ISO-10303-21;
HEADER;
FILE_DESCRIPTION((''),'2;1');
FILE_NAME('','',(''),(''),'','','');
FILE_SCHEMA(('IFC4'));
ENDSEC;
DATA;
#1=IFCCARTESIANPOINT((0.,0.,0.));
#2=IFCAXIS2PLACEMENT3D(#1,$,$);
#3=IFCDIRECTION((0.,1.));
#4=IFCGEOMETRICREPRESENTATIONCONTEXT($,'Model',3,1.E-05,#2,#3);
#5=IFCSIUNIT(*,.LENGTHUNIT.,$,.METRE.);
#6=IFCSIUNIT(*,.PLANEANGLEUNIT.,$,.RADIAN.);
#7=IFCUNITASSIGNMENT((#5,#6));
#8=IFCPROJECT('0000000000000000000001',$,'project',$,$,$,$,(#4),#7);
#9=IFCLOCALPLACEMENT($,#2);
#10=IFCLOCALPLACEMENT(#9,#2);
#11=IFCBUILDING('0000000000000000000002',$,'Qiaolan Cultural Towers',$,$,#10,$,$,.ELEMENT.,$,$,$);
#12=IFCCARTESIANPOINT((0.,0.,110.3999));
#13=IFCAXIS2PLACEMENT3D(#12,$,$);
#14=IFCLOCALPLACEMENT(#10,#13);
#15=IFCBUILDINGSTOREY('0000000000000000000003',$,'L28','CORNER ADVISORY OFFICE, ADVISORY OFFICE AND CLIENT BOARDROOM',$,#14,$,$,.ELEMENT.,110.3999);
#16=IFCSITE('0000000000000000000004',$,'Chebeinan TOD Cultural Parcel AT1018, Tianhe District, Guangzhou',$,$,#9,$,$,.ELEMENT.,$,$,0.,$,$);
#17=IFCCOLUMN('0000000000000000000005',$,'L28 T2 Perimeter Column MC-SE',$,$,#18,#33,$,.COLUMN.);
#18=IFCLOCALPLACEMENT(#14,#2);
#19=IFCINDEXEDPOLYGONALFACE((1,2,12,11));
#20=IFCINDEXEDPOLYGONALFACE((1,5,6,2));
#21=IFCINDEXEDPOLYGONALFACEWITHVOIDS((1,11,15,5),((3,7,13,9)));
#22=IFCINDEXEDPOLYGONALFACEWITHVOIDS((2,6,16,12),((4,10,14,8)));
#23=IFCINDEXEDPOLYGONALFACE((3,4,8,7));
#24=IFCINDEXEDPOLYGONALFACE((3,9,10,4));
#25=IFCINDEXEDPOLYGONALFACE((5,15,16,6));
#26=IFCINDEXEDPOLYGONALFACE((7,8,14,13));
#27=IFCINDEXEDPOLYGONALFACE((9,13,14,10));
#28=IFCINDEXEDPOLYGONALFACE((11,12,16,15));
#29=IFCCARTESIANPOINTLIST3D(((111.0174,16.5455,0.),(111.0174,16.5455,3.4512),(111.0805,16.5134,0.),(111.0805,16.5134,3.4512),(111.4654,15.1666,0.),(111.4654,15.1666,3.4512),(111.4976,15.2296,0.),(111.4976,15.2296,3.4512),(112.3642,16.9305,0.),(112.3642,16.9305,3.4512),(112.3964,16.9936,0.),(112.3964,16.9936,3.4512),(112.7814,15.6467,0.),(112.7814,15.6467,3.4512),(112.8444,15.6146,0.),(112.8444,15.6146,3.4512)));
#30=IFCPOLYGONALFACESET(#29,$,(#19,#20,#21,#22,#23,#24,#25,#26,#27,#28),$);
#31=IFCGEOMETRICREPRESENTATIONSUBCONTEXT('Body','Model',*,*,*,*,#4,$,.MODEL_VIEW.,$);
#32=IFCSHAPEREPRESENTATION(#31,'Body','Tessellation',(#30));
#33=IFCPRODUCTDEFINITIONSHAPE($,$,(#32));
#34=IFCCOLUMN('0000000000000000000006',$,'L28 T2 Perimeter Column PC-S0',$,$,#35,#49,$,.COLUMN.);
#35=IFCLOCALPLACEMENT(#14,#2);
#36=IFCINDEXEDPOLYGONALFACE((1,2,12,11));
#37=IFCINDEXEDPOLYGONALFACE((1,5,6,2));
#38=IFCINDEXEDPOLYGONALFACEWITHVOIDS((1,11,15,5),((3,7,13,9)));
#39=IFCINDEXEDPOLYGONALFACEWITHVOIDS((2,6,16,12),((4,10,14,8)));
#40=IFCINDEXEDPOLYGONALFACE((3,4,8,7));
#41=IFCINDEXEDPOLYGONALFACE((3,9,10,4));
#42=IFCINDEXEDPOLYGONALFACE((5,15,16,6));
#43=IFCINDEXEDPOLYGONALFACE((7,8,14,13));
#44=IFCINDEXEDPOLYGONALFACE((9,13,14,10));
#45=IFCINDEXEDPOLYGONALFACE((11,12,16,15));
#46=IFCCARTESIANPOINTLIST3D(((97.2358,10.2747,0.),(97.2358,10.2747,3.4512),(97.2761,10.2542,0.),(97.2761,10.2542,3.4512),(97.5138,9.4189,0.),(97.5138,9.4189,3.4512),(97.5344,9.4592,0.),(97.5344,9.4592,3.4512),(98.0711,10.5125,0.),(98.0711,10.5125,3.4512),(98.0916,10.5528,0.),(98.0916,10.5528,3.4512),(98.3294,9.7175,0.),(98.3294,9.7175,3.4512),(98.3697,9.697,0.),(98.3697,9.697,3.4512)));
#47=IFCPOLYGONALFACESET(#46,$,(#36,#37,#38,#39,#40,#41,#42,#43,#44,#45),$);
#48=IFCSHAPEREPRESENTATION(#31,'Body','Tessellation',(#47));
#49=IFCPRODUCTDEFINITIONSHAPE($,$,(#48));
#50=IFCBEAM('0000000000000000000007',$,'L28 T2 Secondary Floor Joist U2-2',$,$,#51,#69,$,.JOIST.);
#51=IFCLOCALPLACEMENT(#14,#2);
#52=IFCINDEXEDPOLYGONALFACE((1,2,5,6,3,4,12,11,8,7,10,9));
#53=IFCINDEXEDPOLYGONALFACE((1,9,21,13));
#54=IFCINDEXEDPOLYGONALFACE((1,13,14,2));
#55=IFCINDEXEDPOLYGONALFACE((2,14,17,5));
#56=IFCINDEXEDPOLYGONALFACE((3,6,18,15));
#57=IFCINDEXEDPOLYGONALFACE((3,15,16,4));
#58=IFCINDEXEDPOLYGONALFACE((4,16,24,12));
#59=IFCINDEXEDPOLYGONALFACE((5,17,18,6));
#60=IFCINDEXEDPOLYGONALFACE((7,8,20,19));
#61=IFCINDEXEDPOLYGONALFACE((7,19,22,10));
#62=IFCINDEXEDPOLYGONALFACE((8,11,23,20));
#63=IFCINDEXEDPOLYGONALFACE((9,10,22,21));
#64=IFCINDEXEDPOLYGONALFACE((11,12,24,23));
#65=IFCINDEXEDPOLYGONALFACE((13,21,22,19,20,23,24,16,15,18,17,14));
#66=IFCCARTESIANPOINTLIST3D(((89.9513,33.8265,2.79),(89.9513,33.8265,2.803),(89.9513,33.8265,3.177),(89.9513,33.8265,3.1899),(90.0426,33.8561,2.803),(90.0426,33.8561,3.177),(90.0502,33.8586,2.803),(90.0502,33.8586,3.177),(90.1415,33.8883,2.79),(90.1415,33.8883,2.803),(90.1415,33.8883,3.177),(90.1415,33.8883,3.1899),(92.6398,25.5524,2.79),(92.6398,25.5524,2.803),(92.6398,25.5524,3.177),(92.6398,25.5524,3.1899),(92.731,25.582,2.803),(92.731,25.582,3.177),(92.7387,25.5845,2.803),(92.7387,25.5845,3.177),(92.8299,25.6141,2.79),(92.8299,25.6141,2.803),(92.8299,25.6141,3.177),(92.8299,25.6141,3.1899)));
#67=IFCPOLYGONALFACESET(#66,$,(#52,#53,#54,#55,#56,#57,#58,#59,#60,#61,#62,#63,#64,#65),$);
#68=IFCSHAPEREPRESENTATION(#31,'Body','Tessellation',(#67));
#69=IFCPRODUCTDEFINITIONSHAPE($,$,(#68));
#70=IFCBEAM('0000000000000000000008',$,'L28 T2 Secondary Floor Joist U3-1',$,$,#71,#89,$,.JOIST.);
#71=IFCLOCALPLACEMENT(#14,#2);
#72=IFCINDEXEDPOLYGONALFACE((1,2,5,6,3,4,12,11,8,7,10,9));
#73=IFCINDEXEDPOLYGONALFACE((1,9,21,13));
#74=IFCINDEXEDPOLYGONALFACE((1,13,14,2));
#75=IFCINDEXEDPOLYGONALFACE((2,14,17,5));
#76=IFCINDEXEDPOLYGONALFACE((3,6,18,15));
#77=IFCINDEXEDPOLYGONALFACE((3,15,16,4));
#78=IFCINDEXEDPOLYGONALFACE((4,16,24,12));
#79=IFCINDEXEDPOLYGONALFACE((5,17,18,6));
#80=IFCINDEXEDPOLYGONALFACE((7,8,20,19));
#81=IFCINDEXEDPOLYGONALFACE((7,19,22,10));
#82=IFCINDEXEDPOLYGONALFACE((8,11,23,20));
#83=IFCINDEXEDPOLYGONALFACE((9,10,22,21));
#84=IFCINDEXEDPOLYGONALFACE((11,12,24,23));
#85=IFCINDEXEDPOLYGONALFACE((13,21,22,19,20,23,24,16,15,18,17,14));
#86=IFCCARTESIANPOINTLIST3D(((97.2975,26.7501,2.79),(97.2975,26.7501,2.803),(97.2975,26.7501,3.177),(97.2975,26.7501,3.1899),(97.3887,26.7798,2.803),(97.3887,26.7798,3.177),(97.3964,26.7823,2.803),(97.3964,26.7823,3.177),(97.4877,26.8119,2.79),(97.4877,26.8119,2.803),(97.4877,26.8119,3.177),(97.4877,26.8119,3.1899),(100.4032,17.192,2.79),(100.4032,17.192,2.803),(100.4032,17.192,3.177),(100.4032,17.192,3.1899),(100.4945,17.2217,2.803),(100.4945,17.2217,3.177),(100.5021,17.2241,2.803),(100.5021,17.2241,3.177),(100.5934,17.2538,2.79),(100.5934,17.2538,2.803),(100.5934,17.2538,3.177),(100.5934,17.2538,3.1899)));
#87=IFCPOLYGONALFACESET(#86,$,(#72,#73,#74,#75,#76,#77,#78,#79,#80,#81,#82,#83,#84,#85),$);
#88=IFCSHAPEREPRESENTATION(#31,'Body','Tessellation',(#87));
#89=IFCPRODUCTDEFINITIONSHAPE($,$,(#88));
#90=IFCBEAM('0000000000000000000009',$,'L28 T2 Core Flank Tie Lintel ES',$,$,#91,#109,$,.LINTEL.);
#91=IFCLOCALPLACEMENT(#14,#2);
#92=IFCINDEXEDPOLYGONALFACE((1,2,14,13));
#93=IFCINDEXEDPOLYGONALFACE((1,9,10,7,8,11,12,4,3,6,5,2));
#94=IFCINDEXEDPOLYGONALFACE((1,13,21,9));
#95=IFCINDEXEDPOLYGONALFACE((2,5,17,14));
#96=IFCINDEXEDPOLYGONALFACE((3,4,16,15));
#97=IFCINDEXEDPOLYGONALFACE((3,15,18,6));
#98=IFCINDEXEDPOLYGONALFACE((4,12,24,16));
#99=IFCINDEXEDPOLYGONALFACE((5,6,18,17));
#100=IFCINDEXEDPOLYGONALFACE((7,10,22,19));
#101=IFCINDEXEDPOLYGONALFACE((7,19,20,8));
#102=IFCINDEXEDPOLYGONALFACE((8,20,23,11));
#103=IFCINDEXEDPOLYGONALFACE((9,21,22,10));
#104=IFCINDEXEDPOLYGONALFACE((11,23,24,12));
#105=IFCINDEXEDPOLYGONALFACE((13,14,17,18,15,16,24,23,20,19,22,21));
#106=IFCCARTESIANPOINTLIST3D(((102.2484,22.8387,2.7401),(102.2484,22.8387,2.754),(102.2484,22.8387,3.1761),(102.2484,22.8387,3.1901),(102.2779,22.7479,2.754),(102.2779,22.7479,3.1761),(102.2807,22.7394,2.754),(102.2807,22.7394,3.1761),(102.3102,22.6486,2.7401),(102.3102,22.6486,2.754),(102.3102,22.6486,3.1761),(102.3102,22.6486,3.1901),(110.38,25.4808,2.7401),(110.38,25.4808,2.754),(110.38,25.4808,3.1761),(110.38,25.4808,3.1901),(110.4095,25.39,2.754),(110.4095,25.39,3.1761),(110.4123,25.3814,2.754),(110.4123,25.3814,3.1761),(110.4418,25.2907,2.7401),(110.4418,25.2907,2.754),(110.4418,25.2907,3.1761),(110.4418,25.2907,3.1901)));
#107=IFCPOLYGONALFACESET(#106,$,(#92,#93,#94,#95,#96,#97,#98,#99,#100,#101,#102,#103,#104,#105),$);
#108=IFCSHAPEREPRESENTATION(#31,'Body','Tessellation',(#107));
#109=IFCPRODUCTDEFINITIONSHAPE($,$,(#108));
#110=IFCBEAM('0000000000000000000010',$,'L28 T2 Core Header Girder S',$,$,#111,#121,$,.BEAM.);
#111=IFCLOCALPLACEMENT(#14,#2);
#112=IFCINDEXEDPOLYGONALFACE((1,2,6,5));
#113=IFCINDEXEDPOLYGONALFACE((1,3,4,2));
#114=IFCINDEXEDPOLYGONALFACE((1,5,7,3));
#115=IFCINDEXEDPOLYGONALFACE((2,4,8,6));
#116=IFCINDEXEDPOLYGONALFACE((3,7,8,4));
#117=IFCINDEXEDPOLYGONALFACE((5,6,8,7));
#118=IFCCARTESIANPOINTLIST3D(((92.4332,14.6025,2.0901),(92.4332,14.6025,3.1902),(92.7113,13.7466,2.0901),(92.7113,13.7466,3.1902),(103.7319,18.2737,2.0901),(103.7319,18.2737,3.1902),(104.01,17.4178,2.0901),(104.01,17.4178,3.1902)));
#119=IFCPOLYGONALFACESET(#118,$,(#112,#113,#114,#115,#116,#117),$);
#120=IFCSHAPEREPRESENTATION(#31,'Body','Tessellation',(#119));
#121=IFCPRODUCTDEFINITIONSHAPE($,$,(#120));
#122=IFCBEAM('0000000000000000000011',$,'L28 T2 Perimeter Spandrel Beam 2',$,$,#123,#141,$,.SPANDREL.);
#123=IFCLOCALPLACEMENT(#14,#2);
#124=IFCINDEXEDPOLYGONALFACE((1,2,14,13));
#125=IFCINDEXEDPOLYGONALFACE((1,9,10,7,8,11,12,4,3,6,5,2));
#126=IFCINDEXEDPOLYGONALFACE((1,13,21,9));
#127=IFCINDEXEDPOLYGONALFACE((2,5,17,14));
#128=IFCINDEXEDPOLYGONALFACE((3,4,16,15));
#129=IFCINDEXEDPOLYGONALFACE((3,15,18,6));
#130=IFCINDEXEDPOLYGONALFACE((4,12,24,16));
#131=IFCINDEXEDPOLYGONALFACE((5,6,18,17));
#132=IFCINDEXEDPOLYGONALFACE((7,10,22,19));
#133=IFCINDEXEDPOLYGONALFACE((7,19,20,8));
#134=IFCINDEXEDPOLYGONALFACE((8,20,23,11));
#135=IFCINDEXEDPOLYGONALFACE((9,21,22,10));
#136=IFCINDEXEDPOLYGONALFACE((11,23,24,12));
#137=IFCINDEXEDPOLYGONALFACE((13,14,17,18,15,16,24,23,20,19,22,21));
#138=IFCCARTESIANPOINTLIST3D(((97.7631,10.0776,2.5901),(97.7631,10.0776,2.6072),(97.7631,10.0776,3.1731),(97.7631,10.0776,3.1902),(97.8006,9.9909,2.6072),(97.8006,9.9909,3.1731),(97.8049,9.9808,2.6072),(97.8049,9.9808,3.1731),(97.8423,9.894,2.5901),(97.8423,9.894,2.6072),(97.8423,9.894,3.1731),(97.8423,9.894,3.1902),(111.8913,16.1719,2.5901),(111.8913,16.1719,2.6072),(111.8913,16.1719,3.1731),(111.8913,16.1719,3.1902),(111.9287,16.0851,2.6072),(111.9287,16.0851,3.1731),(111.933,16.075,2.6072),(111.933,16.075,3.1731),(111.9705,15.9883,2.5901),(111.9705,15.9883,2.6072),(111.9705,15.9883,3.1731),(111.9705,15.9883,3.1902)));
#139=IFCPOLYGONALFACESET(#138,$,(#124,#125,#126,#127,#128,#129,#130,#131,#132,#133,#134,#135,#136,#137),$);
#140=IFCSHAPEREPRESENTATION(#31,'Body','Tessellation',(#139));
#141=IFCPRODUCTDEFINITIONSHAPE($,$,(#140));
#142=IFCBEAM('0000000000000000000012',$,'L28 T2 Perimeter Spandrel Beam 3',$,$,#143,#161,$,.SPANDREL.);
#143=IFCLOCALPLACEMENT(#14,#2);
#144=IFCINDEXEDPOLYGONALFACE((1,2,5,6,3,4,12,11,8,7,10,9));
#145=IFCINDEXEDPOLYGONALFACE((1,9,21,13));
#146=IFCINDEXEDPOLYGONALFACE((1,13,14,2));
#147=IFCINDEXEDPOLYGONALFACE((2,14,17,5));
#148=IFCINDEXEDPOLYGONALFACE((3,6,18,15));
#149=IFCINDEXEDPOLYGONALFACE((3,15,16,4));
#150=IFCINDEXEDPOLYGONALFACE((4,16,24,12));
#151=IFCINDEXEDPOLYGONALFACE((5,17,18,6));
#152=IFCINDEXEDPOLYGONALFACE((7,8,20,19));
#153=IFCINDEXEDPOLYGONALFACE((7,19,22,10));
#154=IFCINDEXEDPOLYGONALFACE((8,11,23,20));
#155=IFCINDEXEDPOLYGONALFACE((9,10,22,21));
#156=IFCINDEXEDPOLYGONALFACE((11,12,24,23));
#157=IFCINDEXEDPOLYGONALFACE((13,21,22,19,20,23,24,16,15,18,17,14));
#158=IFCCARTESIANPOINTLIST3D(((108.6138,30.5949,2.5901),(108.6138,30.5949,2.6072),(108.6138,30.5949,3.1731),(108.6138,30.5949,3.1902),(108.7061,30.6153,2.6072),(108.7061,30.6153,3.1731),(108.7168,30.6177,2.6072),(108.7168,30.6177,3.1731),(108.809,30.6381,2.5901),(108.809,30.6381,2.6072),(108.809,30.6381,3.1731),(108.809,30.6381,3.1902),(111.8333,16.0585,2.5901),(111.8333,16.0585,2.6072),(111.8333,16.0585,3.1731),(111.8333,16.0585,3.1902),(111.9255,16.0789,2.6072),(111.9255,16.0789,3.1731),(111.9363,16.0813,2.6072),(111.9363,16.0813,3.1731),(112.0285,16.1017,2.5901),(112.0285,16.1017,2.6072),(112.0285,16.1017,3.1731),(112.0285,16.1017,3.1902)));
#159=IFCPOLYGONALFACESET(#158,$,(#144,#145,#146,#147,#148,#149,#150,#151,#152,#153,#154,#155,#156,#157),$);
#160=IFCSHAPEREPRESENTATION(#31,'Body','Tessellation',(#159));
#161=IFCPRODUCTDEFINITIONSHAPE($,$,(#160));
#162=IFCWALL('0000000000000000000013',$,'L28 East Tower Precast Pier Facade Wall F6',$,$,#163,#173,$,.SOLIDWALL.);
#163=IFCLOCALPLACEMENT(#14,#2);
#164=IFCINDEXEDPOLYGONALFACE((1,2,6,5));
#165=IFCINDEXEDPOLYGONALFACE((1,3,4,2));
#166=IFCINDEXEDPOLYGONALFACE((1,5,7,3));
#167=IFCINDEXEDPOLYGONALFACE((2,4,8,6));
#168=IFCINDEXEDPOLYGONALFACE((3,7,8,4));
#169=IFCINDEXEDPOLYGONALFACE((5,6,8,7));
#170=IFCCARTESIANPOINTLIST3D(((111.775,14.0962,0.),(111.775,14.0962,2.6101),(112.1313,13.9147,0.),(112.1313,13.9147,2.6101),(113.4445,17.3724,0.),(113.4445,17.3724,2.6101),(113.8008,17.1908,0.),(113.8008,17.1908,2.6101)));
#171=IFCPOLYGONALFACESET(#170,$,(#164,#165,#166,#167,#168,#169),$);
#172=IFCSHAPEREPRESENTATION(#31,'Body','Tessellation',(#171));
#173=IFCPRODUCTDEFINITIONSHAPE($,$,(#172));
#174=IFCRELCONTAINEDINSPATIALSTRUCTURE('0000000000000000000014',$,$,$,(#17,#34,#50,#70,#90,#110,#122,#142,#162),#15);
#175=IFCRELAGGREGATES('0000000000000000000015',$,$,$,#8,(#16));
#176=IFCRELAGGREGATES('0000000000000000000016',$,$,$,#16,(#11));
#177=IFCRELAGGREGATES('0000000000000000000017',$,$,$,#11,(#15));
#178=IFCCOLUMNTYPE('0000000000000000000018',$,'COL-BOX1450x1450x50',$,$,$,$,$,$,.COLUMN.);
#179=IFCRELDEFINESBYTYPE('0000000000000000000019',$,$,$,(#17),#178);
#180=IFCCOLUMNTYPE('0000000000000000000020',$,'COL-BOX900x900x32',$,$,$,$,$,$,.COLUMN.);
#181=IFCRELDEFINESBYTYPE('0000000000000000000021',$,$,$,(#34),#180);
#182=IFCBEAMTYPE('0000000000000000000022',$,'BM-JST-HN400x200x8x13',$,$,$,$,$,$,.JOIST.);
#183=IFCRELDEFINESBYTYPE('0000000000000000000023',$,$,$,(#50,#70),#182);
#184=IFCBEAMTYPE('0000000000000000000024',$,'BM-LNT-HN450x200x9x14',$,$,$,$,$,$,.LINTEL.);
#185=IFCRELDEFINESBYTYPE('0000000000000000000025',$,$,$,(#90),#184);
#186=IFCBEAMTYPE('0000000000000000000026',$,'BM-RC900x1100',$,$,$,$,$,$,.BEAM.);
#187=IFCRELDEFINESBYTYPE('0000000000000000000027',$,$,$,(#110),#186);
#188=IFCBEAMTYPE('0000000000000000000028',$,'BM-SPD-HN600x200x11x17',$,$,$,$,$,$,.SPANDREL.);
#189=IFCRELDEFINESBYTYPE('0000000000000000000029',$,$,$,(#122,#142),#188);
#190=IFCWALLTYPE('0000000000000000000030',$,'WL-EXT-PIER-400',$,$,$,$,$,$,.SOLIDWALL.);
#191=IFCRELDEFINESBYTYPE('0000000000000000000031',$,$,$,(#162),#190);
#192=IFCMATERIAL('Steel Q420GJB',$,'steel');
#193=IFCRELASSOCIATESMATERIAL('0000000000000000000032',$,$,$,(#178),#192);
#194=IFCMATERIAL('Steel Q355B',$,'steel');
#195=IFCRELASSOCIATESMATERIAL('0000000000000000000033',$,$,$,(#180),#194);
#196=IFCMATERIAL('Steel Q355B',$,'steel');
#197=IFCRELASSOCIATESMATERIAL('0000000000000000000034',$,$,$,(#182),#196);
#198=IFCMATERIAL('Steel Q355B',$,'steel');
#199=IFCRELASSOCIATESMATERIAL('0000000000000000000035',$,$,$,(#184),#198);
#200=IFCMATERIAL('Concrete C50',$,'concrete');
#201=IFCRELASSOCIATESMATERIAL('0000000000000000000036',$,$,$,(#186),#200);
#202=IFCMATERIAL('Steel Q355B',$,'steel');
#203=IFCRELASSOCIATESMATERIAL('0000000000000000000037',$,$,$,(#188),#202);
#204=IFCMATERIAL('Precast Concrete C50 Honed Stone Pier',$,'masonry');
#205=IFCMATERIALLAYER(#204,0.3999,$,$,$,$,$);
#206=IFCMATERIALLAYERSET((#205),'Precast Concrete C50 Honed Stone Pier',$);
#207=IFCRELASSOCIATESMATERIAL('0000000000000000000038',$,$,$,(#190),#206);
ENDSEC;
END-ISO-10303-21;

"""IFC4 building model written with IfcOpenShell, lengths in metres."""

from ifc_helpers import new_model, si_unit, direction, frame, frame_2d, origin, origin_2d, place, context, subcontext, project, spatial, rectangle, hollow_rectangle, i_section, extrude, material, layer, layer_set, material_profile, profile_set, type_object, element, save


model = new_model("IFC4")

# Units and contexts
model_context = context("Model", 3, precision=1e-05, world=origin(), true_north=direction((0.0, 1.0)))
body_context = subcontext(model_context, "Body", "Model", "MODEL_VIEW")
ifc_project = project(units=[si_unit("LENGTHUNIT", "METRE"), si_unit("PLANEANGLEUNIT", "RADIAN")], contexts=[model_context])

# Site, building, storey
site_placement = place(None, origin())
site = spatial("IfcSite", under=ifc_project, at=site_placement, Name="Chebeinan TOD Cultural Parcel AT1018, Tianhe District, Guangzhou", CompositionType="ELEMENT", RefElevation=0.0)
building_placement = place(site_placement, origin())
building = spatial("IfcBuilding", under=site, at=building_placement, Name="Qiaolan Cultural Towers", CompositionType="ELEMENT")
storey_placement = place(building_placement, frame((0.0, 0.0, 110.3999)))
storey = spatial("IfcBuildingStorey", under=building, at=storey_placement, Name="L28", Description="CORNER ADVISORY OFFICE, ADVISORY OFFICE AND CLIENT BOARDROOM", CompositionType="ELEMENT", Elevation=110.3999)

# Columns
ifc_material_1 = material(Name="Steel Q420GJB", Category="steel")
ifc_material_profile_1 = material_profile(ifc_material_1, hollow_rectangle(XDim=1.45, YDim=1.45, WallThickness=0.05, at=origin_2d()), Name="BOX1450x1450x50")
ifc_profile_set_1 = profile_set([ifc_material_profile_1], Name="Steel Q420GJB")
column_type_1 = type_object("IfcColumnType", Name="COL-BOX1450x1450x50", PredefinedType="COLUMN", material=ifc_profile_set_1)
column_1_placement = place(storey_placement, frame((111.9309, 16.0801, 0.0), z_axis=(0.0, 0.0, 1.0), x_axis=(0.951057, 0.309017, 0.0)))
element("IfcColumn", 1, at=column_1_placement, inside=storey, type_object=column_type_1, Name="L28 T2 Perimeter Column MC-SE", PredefinedType="COLUMN", context=body_context, shape_type="SweptSolid", body=[
    extrude(hollow_rectangle(XDim=1.45, YDim=1.45, WallThickness=0.05, at=origin_2d()), origin(), (0.0, 0.0, 1.0), 3.4512),
])
ifc_material_2 = material(Name="Steel Q355B", Category="steel")
ifc_material_profile_2 = material_profile(ifc_material_2, hollow_rectangle(XDim=0.8999, YDim=0.8999, WallThickness=0.032, at=origin_2d()), Name="BOX900x900x32")
ifc_profile_set_2 = profile_set([ifc_material_profile_2], Name="Steel Q355B")
column_type_2 = type_object("IfcColumnType", Name="COL-BOX900x900x32", PredefinedType="COLUMN", material=ifc_profile_set_2)
column_2_placement = place(storey_placement, frame((97.8027, 9.9858, 0.0), z_axis=(0.0, 0.0, 1.0), x_axis=(0.951057, 0.309017, 0.0)))
element("IfcColumn", 2, at=column_2_placement, inside=storey, type_object=column_type_2, Name="L28 T2 Perimeter Column PC-S0", PredefinedType="COLUMN", context=body_context, shape_type="SweptSolid", body=[
    extrude(hollow_rectangle(XDim=0.8999, YDim=0.8999, WallThickness=0.032, at=origin_2d()), origin(), (0.0, 0.0, 1.0), 3.4512),
])

# Beams
ifc_material_3 = material(Name="Steel Q355B", Category="steel")
ifc_material_profile_3 = material_profile(ifc_material_3, i_section(OverallWidth=0.2, OverallDepth=0.3999, WebThickness=0.0081, FlangeThickness=0.0129, at=origin_2d()), Name="HN400x200x8x13")
ifc_profile_set_3 = profile_set([ifc_material_profile_3], Name="Steel Q355B")
beam_type_1 = type_object("IfcBeamType", Name="BM-JST-HN400x200x8x13", PredefinedType="JOIST", material=ifc_profile_set_3)
beam_1_placement = place(storey_placement, frame((92.7349, 25.5833, 2.99), z_axis=(-0.309021, 0.951055, 0.0), x_axis=(-0.951055, -0.309021, 0.0)))
element("IfcBeam", 3, at=beam_1_placement, inside=storey, type_object=beam_type_1, Name="L28 T2 Secondary Floor Joist U2-2", PredefinedType="JOIST", context=body_context, shape_type="SweptSolid", body=[
    extrude(i_section(OverallWidth=0.2, OverallDepth=0.3999, WebThickness=0.0081, FlangeThickness=0.0129, at=origin_2d()), origin(), (0.0, 0.0, 1.0), 8.7),
])
beam_2_placement = place(storey_placement, frame((100.4983, 17.2229, 2.99), z_axis=(-0.309026, 0.951054, 0.0), x_axis=(-0.951054, -0.309026, 0.0)))
element("IfcBeam", 4, at=beam_2_placement, inside=storey, type_object=beam_type_1, Name="L28 T2 Secondary Floor Joist U3-1", PredefinedType="JOIST", context=body_context, shape_type="SweptSolid", body=[
    extrude(i_section(OverallWidth=0.2, OverallDepth=0.3999, WebThickness=0.0081, FlangeThickness=0.0129, at=origin_2d()), origin(), (0.0, 0.0, 1.0), 10.05),
])
ifc_material_4 = material(Name="Steel Q355B", Category="steel")
ifc_material_profile_4 = material_profile(ifc_material_4, i_section(OverallWidth=0.2, OverallDepth=0.45, WebThickness=0.009, FlangeThickness=0.0139, at=origin_2d()), Name="HN450x200x9x14")
ifc_profile_set_4 = profile_set([ifc_material_profile_4], Name="Steel Q355B")
beam_type_2 = type_object("IfcBeamType", Name="BM-LNT-HN450x200x9x14", PredefinedType="LINTEL", material=ifc_profile_set_4)
beam_3_placement = place(storey_placement, frame((102.2793, 22.7437, 2.9651), z_axis=(0.951057, 0.309014, 0.0), x_axis=(-0.309014, 0.951057, 0.0)))
element("IfcBeam", 5, at=beam_3_placement, inside=storey, type_object=beam_type_2, Name="L28 T2 Core Flank Tie Lintel ES", PredefinedType="LINTEL", context=body_context, shape_type="SweptSolid", body=[
    extrude(i_section(OverallWidth=0.2, OverallDepth=0.45, WebThickness=0.009, FlangeThickness=0.0139, at=origin_2d()), origin(), (0.0, 0.0, 1.0), 8.55),
])
ifc_material_5 = material(Name="Concrete C50", Category="concrete")
ifc_material_profile_5 = material_profile(ifc_material_5, rectangle(XDim=0.8999, YDim=1.1001, at=origin_2d()), Name="RC900x1100")
ifc_profile_set_5 = profile_set([ifc_material_profile_5], Name="Concrete C50")
beam_type_3 = type_object("IfcBeamType", Name="BM-RC900x1100", PredefinedType="BEAM", material=ifc_profile_set_5)
beam_4_placement = place(storey_placement, frame((92.5723, 14.1746, 2.6401), z_axis=(0.951056, 0.309018, 0.0), x_axis=(-0.309018, 0.951056, 0.0)))
element("IfcBeam", 6, at=beam_4_placement, inside=storey, type_object=beam_type_3, Name="L28 T2 Core Header Girder S", PredefinedType="BEAM", context=body_context, shape_type="SweptSolid", body=[
    extrude(rectangle(XDim=0.8999, YDim=1.1001, at=origin_2d()), origin(), (0.0, 0.0, 1.0), 11.8801),
])
ifc_material_6 = material(Name="Steel Q355B", Category="steel")
ifc_material_profile_6 = material_profile(ifc_material_6, i_section(OverallWidth=0.2, OverallDepth=0.6001, WebThickness=0.011, FlangeThickness=0.0171, at=origin_2d()), Name="HN600x200x11x17")
ifc_profile_set_6 = profile_set([ifc_material_profile_6], Name="Steel Q355B")
beam_type_4 = type_object("IfcBeamType", Name="BM-SPD-HN600x200x11x17", PredefinedType="SPANDREL", material=ifc_profile_set_6)
beam_5_placement = place(storey_placement, frame((97.8027, 9.9858, 2.8901), z_axis=(0.918218, 0.396076, 0.0), x_axis=(-0.396076, 0.918218, 0.0)))
element("IfcBeam", 7, at=beam_5_placement, inside=storey, type_object=beam_type_4, Name="L28 T2 Perimeter Spandrel Beam 2", PredefinedType="SPANDREL", context=body_context, shape_type="SweptSolid", body=[
    extrude(i_section(OverallWidth=0.2, OverallDepth=0.6001, WebThickness=0.011, FlangeThickness=0.0171, at=origin_2d()), origin(), (0.0, 0.0, 1.0), 15.3865),
])
beam_6_placement = place(storey_placement, frame((111.9309, 16.0801, 2.8901), z_axis=(-0.216238, 0.976341, 0.0), x_axis=(-0.976341, -0.216238, 0.0)))
element("IfcBeam", 8, at=beam_6_placement, inside=storey, type_object=beam_type_4, Name="L28 T2 Perimeter Spandrel Beam 3", PredefinedType="SPANDREL", context=body_context, shape_type="SweptSolid", body=[
    extrude(i_section(OverallWidth=0.2, OverallDepth=0.6001, WebThickness=0.011, FlangeThickness=0.0171, at=origin_2d()), origin(), (0.0, 0.0, 1.0), 14.8887),
])

# Wall
ifc_material_7 = material(Name="Precast Concrete C50 Honed Stone Pier", Category="masonry")
ifc_layer_1 = layer(ifc_material_7, 0.3999)
ifc_layer_set_1 = layer_set([ifc_layer_1], Name="Precast Concrete C50 Honed Stone Pier")
wall_type_1 = type_object("IfcWallType", Name="WL-EXT-PIER-400", PredefinedType="SOLIDWALL", material=ifc_layer_set_1)
wall_1_placement = place(storey_placement, frame((113.6226, 17.2815, 0.0), z_axis=(0.0, 0.0, 1.0), x_axis=(-0.454026, -0.890988, 0.0)))
element("IfcWall", 9, at=wall_1_placement, inside=storey, type_object=wall_type_1, Name="L28 East Tower Precast Pier Facade Wall F6", PredefinedType="SOLIDWALL", context=body_context, shape_type="SweptSolid", body=[
    extrude(rectangle(XDim=3.677, YDim=0.3999, at=frame_2d((1.8384, 0.0))), origin(), (0.0, 0.0, 1.0), 2.6101),
])

save(model, "model.ifc")
